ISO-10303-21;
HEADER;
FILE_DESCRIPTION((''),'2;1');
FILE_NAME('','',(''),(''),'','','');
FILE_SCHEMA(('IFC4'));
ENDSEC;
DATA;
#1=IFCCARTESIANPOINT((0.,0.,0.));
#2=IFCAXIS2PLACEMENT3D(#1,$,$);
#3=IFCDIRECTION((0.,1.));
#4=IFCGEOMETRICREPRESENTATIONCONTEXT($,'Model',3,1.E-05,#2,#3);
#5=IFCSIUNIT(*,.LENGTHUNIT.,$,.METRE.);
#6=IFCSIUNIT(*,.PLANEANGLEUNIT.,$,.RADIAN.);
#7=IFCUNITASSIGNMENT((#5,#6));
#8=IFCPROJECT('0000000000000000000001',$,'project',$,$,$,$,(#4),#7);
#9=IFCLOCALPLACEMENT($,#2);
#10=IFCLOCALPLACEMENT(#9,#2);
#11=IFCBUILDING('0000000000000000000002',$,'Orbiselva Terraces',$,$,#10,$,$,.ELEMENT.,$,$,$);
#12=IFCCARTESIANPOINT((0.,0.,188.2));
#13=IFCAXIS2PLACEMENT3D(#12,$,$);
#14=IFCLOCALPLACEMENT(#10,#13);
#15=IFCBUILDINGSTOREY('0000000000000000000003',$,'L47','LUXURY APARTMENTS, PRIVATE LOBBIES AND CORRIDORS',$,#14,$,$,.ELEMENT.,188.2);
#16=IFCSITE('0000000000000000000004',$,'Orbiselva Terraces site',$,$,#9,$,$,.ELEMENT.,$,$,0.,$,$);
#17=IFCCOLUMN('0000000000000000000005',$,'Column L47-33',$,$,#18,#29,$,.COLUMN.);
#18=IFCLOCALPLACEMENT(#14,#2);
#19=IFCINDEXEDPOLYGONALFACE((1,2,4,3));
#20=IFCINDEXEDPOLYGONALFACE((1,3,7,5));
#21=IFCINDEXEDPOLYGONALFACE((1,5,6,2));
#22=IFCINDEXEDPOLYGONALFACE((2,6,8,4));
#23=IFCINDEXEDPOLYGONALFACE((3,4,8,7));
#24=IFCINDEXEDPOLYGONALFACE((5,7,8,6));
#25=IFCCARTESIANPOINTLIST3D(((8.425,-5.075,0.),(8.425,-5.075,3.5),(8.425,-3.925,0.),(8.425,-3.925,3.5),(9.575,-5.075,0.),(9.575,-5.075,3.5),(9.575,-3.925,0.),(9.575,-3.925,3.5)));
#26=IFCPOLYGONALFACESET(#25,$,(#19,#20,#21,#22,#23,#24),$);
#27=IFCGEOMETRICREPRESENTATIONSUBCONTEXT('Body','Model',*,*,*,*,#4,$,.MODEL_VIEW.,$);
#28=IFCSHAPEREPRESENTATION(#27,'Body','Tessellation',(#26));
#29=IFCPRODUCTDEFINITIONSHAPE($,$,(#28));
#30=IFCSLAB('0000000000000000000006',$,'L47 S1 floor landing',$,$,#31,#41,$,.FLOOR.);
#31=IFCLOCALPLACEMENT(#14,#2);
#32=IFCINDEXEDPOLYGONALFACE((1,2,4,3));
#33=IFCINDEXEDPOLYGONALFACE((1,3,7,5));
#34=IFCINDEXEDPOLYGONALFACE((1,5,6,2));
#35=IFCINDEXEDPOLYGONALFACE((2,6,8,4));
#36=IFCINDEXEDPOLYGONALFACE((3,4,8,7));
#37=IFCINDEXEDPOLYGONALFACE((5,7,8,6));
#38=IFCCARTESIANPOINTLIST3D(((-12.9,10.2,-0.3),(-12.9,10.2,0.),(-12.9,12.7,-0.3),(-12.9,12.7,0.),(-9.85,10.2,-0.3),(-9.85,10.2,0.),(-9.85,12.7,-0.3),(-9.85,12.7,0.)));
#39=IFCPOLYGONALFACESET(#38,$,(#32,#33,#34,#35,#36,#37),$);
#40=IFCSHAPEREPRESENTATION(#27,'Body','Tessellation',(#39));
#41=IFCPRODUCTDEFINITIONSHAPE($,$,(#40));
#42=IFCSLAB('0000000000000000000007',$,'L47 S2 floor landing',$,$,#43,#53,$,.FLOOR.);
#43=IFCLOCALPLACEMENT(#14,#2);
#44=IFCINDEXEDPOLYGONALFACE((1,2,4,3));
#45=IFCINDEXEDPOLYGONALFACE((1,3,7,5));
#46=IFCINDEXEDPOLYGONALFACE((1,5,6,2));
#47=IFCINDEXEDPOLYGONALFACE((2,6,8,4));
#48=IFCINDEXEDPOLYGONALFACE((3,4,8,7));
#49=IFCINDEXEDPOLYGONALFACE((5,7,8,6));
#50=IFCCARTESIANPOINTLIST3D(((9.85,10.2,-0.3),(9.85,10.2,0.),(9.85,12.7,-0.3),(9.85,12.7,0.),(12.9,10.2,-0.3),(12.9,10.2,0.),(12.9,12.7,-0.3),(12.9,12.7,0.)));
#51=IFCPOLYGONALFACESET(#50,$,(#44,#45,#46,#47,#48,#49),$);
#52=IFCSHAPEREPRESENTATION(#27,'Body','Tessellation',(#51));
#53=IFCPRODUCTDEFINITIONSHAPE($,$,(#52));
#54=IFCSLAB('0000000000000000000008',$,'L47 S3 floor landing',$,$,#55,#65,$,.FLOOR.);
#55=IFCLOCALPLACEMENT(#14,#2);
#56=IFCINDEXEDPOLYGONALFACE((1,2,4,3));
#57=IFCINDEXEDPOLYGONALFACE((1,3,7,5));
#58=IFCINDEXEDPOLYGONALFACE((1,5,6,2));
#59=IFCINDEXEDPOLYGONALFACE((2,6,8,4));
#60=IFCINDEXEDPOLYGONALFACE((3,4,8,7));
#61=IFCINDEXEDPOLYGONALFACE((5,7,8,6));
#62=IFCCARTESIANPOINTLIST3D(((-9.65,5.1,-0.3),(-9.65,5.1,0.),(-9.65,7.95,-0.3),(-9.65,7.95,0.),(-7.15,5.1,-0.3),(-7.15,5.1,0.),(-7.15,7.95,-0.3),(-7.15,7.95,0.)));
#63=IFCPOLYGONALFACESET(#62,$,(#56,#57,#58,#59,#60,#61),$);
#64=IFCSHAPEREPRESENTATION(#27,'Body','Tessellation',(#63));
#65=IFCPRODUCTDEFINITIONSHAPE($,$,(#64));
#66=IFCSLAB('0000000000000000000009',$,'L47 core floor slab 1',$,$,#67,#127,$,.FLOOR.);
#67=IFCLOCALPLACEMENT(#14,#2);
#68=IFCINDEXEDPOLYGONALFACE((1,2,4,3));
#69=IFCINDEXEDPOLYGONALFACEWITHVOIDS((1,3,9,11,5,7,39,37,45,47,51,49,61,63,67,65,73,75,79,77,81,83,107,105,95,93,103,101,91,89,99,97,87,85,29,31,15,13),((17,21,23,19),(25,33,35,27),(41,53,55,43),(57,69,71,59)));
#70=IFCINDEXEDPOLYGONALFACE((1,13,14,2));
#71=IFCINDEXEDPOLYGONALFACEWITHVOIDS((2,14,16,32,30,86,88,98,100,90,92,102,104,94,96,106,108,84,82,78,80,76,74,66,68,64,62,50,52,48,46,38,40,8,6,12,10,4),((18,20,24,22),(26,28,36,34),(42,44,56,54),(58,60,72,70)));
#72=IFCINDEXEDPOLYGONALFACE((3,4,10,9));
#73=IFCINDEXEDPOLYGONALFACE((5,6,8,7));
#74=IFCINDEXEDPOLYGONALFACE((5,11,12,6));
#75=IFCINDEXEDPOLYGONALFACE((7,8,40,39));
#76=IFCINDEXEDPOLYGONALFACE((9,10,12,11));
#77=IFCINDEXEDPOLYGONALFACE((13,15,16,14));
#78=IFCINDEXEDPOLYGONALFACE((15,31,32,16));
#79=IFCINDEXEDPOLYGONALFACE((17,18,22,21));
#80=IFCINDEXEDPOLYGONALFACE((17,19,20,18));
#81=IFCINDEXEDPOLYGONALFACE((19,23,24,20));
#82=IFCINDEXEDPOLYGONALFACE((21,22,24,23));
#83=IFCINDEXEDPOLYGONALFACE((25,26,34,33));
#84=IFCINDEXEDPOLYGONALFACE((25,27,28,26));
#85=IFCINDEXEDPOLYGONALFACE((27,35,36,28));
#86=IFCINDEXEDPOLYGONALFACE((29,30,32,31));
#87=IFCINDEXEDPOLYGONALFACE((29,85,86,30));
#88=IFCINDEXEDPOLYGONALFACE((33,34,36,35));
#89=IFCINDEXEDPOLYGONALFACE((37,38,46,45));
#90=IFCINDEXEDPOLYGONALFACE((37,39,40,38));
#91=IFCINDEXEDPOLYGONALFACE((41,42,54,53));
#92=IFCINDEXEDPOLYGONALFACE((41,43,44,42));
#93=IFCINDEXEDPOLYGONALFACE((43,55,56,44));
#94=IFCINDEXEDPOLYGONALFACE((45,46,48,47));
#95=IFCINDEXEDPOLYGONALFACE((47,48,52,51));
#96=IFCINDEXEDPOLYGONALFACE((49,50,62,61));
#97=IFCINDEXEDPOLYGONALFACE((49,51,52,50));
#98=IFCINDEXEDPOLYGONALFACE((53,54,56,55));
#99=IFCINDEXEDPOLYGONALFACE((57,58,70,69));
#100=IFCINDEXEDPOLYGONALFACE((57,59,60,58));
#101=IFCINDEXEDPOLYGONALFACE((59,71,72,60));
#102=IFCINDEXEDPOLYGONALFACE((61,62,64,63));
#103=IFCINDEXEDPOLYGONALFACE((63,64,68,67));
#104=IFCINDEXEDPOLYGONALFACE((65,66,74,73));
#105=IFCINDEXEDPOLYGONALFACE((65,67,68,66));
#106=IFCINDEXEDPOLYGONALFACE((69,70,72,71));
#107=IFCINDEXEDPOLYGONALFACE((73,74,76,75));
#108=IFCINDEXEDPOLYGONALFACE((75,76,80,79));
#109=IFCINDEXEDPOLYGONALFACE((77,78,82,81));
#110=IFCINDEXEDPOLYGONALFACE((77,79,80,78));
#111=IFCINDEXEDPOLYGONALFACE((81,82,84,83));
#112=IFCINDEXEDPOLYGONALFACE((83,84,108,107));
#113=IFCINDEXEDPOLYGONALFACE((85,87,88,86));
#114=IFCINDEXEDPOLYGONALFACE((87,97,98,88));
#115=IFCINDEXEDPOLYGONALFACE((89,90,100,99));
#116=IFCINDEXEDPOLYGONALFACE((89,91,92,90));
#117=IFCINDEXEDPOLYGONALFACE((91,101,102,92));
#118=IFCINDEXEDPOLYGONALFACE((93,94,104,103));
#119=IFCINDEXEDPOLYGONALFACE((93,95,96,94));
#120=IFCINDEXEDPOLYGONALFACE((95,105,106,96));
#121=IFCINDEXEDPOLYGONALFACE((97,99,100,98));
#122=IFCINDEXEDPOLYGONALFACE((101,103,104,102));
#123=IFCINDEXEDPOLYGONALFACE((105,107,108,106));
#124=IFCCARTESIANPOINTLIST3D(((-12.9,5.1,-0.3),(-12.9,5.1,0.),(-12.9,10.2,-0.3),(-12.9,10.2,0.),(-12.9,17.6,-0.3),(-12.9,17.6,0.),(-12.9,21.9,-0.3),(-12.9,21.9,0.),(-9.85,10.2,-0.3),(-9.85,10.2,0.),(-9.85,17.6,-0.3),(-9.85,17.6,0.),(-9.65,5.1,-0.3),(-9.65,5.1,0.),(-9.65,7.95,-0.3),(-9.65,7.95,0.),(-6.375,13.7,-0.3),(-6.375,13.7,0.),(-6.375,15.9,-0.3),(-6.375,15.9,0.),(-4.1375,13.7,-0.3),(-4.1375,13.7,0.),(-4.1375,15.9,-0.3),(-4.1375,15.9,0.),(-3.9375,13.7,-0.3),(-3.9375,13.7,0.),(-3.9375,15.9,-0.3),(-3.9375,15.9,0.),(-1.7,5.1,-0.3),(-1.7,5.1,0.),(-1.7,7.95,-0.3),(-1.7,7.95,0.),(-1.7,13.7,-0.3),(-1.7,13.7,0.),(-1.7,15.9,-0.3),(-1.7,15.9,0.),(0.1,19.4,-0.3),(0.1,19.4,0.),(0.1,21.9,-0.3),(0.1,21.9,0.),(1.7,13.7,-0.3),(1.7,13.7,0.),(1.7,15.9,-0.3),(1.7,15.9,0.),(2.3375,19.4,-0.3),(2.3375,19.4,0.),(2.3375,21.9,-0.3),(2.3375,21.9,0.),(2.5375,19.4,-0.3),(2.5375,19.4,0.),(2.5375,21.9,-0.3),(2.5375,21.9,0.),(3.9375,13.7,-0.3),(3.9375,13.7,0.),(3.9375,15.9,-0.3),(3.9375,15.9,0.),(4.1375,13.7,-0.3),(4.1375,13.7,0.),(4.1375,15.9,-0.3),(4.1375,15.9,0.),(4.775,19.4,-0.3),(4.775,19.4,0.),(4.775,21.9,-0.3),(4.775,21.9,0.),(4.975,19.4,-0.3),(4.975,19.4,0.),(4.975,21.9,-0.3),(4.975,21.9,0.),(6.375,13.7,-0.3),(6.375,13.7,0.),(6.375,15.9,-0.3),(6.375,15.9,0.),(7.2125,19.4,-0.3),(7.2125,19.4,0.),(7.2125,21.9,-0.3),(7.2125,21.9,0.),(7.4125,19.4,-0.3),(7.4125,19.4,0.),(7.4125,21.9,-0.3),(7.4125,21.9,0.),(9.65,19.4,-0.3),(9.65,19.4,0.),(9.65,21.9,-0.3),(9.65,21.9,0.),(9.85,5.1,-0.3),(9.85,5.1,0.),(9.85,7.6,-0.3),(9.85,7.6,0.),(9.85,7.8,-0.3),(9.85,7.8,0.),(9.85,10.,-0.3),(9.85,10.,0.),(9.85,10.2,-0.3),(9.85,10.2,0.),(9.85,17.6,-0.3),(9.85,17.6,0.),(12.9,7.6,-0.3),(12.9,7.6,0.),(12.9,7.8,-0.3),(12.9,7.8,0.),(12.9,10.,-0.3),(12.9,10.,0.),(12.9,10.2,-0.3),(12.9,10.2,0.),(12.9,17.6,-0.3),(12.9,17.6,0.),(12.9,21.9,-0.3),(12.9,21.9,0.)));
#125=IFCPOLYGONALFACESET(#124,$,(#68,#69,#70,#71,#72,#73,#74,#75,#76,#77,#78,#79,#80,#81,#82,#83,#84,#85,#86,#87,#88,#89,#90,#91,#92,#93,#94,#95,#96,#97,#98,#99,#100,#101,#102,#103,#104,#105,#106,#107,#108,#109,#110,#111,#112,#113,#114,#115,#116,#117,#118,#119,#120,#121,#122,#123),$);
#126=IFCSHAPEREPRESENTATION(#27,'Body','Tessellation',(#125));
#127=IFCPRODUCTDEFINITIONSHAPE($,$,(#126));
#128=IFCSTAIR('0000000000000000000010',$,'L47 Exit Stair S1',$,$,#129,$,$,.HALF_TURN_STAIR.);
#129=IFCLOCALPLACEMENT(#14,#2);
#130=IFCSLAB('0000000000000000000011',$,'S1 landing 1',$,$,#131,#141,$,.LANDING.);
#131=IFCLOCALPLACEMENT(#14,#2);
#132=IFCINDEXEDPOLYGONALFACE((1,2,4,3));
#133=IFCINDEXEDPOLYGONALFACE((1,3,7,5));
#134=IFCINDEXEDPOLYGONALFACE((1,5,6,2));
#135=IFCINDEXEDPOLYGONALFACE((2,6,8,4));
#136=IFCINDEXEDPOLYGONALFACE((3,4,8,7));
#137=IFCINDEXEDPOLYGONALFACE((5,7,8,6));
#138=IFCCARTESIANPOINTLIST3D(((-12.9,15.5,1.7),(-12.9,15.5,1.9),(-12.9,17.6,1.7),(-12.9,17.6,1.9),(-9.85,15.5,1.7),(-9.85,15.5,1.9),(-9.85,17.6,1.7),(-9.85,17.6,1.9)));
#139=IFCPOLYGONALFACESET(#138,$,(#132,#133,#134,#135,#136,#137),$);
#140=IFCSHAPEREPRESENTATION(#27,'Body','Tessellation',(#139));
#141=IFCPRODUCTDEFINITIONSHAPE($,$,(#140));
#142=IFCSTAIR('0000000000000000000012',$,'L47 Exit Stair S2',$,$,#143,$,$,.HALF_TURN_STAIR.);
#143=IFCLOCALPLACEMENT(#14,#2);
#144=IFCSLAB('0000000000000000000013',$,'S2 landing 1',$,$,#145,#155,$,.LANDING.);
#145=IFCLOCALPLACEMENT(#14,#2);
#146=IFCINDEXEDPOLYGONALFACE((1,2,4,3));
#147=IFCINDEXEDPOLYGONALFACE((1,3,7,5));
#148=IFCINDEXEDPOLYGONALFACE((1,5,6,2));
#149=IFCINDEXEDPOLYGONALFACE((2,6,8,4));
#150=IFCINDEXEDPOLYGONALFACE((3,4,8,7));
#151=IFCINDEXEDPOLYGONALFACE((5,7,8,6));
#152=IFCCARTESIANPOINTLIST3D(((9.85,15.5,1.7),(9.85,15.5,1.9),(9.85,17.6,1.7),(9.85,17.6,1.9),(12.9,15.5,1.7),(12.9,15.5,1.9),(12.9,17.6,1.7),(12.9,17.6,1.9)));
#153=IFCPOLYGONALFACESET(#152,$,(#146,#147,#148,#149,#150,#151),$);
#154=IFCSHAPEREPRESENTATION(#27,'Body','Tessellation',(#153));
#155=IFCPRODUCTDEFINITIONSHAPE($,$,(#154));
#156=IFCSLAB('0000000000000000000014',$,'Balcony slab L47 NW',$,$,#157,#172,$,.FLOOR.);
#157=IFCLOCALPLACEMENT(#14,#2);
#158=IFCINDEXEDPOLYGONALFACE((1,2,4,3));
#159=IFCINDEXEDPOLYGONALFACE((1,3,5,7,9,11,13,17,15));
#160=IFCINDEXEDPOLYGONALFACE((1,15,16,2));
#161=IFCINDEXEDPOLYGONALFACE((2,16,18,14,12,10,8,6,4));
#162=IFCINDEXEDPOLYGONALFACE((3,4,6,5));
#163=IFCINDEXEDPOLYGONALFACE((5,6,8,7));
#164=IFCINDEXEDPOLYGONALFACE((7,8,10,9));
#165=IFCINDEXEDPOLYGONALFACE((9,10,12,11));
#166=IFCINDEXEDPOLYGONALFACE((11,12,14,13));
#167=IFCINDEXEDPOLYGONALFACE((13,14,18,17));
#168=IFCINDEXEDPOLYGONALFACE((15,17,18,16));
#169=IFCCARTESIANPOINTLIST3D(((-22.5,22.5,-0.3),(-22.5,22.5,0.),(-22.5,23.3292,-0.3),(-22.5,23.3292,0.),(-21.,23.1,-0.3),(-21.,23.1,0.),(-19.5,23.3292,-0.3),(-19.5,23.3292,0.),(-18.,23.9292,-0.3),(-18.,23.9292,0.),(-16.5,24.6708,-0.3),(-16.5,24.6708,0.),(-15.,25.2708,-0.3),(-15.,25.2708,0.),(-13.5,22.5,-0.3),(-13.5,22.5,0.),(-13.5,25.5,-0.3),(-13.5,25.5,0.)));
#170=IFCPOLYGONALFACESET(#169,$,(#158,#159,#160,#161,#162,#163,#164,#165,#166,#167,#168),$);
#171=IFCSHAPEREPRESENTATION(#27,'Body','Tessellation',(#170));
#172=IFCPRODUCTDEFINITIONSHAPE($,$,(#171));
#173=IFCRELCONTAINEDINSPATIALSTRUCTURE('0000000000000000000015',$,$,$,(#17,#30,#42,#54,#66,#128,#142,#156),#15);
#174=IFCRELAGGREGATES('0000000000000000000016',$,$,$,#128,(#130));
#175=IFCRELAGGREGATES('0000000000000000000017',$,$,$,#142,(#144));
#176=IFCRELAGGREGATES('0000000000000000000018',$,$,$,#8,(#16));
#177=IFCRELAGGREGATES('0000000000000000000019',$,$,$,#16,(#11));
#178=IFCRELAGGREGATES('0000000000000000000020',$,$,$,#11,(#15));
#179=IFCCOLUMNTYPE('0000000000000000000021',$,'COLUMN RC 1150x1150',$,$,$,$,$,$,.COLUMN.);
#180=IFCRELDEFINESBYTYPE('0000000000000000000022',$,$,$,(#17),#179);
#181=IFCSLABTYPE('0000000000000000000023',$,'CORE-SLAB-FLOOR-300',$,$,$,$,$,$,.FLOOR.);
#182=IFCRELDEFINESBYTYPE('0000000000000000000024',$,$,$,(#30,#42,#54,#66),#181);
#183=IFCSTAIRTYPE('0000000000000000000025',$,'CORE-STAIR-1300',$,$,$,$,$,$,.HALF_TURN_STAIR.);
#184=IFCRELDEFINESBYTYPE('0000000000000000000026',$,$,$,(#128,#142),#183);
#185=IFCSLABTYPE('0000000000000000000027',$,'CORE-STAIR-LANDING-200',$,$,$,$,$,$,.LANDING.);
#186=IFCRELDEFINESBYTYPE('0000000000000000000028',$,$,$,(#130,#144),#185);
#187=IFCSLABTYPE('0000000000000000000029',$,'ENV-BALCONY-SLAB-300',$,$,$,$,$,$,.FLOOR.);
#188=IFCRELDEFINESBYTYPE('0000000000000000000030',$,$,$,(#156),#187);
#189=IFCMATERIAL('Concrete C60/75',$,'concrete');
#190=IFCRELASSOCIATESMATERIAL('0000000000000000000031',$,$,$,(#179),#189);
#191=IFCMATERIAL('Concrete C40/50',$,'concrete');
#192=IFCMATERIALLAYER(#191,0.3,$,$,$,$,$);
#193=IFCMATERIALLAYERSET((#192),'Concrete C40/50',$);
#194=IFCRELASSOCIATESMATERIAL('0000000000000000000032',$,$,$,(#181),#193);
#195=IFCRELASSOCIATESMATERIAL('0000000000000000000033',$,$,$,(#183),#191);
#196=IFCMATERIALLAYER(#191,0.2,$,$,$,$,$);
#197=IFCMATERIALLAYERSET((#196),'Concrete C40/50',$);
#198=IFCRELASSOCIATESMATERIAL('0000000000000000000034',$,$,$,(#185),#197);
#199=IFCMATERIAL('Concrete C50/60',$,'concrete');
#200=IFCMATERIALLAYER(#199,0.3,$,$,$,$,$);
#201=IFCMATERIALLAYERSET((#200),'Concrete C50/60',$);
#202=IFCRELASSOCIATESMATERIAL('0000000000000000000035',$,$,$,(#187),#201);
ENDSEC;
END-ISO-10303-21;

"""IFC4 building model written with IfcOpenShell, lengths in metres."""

from ifc_helpers import new_model, si_unit, direction, frame, origin, origin_2d, place, context, subcontext, project, spatial, polyline, rectangle, outline, extrude, material, layer, layer_set, material_profile, profile_set, type_object, element, aggregate, save


model = new_model("IFC4")

# Units and contexts
model_context = context("Model", 3, precision=1e-05, world=origin(), true_north=direction((0.0, 1.0)))
body_context = subcontext(model_context, "Body", "Model", "MODEL_VIEW")
ifc_project = project(units=[si_unit("LENGTHUNIT", "METRE"), si_unit("PLANEANGLEUNIT", "RADIAN")], contexts=[model_context])

# Site, building, storey
site_placement = place(None, origin())
site = spatial("IfcSite", under=ifc_project, at=site_placement, Name="Orbiselva Terraces site", CompositionType="ELEMENT", RefElevation=0.0)
building_placement = place(site_placement, origin())
building = spatial("IfcBuilding", under=site, at=building_placement, Name="Orbiselva Terraces", CompositionType="ELEMENT")
storey_placement = place(building_placement, frame((0.0, 0.0, 188.2)))
storey = spatial("IfcBuildingStorey", under=building, at=storey_placement, Name="L47", Description="LUXURY APARTMENTS, PRIVATE LOBBIES AND CORRIDORS", CompositionType="ELEMENT", Elevation=188.2)

# Column
ifc_material_1 = material(Name="Concrete C60/75", Category="concrete")
ifc_material_profile = material_profile(ifc_material_1, rectangle(XDim=1.15, YDim=1.15, at=origin_2d()), Name="RC 1150x1150")
ifc_profile_set = profile_set([ifc_material_profile], Name="Concrete C60/75")
column_type = type_object("IfcColumnType", Name="COLUMN RC 1150x1150", PredefinedType="COLUMN", material=ifc_profile_set)
column_placement = place(storey_placement, frame((9.0, -4.5, 0.0), z_axis=(0.0, 0.0, 1.0), x_axis=(1.0, 0.0, 0.0)))
element("IfcColumn", 1, at=column_placement, inside=storey, type_object=column_type, Name="Column L47-33", PredefinedType="COLUMN", context=body_context, shape_type="SweptSolid", body=[
    extrude(rectangle(XDim=1.15, YDim=1.15, at=origin_2d()), origin(), (0.0, 0.0, 1.0), 3.5),
])

# Slabs
ifc_material_2 = material(Name="Concrete C40/50", Category="concrete")
ifc_layer_1 = layer(ifc_material_2, 0.3)
ifc_layer_set_1 = layer_set([ifc_layer_1], Name="Concrete C40/50")
slab_type_1 = type_object("IfcSlabType", Name="CORE-SLAB-FLOOR-300", PredefinedType="FLOOR", material=ifc_layer_set_1)
slab_1_placement = place(storey_placement, frame((0.0, 0.0, -0.3)))
element("IfcSlab", 2, at=slab_1_placement, inside=storey, type_object=slab_type_1, Name="L47 S1 floor landing", PredefinedType="FLOOR", context=body_context, shape_type="SweptSolid", body=[
    extrude(outline(polyline([(-12.9, 12.7), (-9.85, 12.7), (-9.85, 10.2), (-12.9, 10.2), (-12.9, 12.7)])), origin(), (0.0, 0.0, 1.0), 0.3),
])
slab_2_placement = place(storey_placement, frame((0.0, 0.0, -0.3)))
element("IfcSlab", 3, at=slab_2_placement, inside=storey, type_object=slab_type_1, Name="L47 S2 floor landing", PredefinedType="FLOOR", context=body_context, shape_type="SweptSolid", body=[
    extrude(outline(polyline([(12.9, 12.7), (12.9, 10.2), (9.85, 10.2), (9.85, 12.7), (12.9, 12.7)])), origin(), (0.0, 0.0, 1.0), 0.3),
])
slab_3_placement = place(storey_placement, frame((0.0, 0.0, -0.3)))
element("IfcSlab", 4, at=slab_3_placement, inside=storey, type_object=slab_type_1, Name="L47 S3 floor landing", PredefinedType="FLOOR", context=body_context, shape_type="SweptSolid", body=[
    extrude(outline(polyline([(-7.15, 5.1), (-9.65, 5.1), (-9.65, 7.95), (-7.15, 7.95), (-7.15, 5.1)])), origin(), (0.0, 0.0, 1.0), 0.3),
])
slab_4_placement = place(storey_placement, frame((0.0, 0.0, -0.3)))
element("IfcSlab", 5, at=slab_4_placement, inside=storey, type_object=slab_type_1, Name="L47 core floor slab 1", PredefinedType="FLOOR", context=body_context, shape_type="SweptSolid", body=[
    extrude(outline(polyline([(-1.7, 5.1), (-1.7, 7.95), (-9.65, 7.95), (-9.65, 5.1), (-12.9, 5.1), (-12.9, 10.2), (-9.85, 10.2), (-9.85, 17.6), (-12.9, 17.6), (-12.9, 21.9), (0.1, 21.9), (0.1, 19.4), (2.3375, 19.4), (2.3375, 21.9), (2.5375, 21.9), (2.5375, 19.4), (4.775, 19.4), (4.775, 21.9), (4.975, 21.9), (4.975, 19.4), (7.2125, 19.4), (7.2125, 21.9), (7.4125, 21.9), (7.4125, 19.4), (9.65, 19.4), (9.65, 21.9), (12.9, 21.9), (12.9, 17.6), (9.85, 17.6), (9.85, 10.2), (12.9, 10.2), (12.9, 10.0), (9.85, 10.0), (9.85, 7.8), (12.9, 7.8), (12.9, 7.6), (9.85, 7.6), (9.85, 5.1), (-1.7, 5.1)]), holes=[polyline([(-4.1375, 13.7), (-4.1375, 15.9), (-6.375, 15.9), (-6.375, 13.7), (-4.1375, 13.7)]), polyline([(-1.7, 13.7), (-1.7, 15.9), (-3.9375, 15.9), (-3.9375, 13.7), (-1.7, 13.7)]), polyline([(3.9375, 15.9), (1.7, 15.9), (1.7, 13.7), (3.9375, 13.7), (3.9375, 15.9)]), polyline([(6.375, 13.7), (6.375, 15.9), (4.1375, 15.9), (4.1375, 13.7), (6.375, 13.7)])]), origin(), (0.0, 0.0, 1.0), 0.3),
])

# Stairs, slabs
stair_type = type_object("IfcStairType", Name="CORE-STAIR-1300", PredefinedType="HALF_TURN_STAIR", material=ifc_material_2)
stair_1_placement = place(storey_placement, origin())
stair_1 = element("IfcStair", 6, at=stair_1_placement, inside=storey, type_object=stair_type, Name="L47 Exit Stair S1", PredefinedType="HALF_TURN_STAIR")
ifc_layer_2 = layer(ifc_material_2, 0.2)
ifc_layer_set_2 = layer_set([ifc_layer_2], Name="Concrete C40/50")
slab_type_2 = type_object("IfcSlabType", Name="CORE-STAIR-LANDING-200", PredefinedType="LANDING", material=ifc_layer_set_2)
slab_5_placement = place(storey_placement, frame((0.0, 0.0, 1.7)))
slab_5 = element("IfcSlab", 7, at=slab_5_placement, type_object=slab_type_2, Name="S1 landing 1", PredefinedType="LANDING", context=body_context, shape_type="SweptSolid", body=[
    extrude(outline(polyline([(-9.85, 15.5), (-9.85, 17.6), (-12.9, 17.6), (-12.9, 15.5), (-9.85, 15.5)])), origin(), (0.0, 0.0, 1.0), 0.2),
])
aggregate(stair_1, [slab_5])
stair_2_placement = place(storey_placement, origin())
stair_2 = element("IfcStair", 8, at=stair_2_placement, inside=storey, type_object=stair_type, Name="L47 Exit Stair S2", PredefinedType="HALF_TURN_STAIR")
slab_6_placement = place(storey_placement, frame((0.0, 0.0, 1.7)))
slab_6 = element("IfcSlab", 9, at=slab_6_placement, type_object=slab_type_2, Name="S2 landing 1", PredefinedType="LANDING", context=body_context, shape_type="SweptSolid", body=[
    extrude(outline(polyline([(12.9, 15.5), (12.9, 17.6), (9.85, 17.6), (9.85, 15.5), (12.9, 15.5)])), origin(), (0.0, 0.0, 1.0), 0.2),
])
aggregate(stair_2, [slab_6])

# Slab
ifc_material_3 = material(Name="Concrete C50/60", Category="concrete")
ifc_layer_3 = layer(ifc_material_3, 0.3)
ifc_layer_set_3 = layer_set([ifc_layer_3], Name="Concrete C50/60")
slab_type_3 = type_object("IfcSlabType", Name="ENV-BALCONY-SLAB-300", PredefinedType="FLOOR", material=ifc_layer_set_3)
slab_7_placement = place(storey_placement, frame((0.0, 0.0, -0.3)))
element("IfcSlab", 10, at=slab_7_placement, inside=storey, type_object=slab_type_3, Name="Balcony slab L47 NW", PredefinedType="FLOOR", context=body_context, shape_type="SweptSolid", body=[
    extrude(outline(polyline([(-13.5, 25.5), (-15.0, 25.2708), (-16.5, 24.6708), (-18.0, 23.9292), (-19.5, 23.3292), (-21.0, 23.1), (-22.5, 23.3292), (-22.5, 22.5), (-13.5, 22.5), (-13.5, 25.5)])), origin(), (0.0, 0.0, 1.0), 0.3),
])

save(model, "model.ifc")
